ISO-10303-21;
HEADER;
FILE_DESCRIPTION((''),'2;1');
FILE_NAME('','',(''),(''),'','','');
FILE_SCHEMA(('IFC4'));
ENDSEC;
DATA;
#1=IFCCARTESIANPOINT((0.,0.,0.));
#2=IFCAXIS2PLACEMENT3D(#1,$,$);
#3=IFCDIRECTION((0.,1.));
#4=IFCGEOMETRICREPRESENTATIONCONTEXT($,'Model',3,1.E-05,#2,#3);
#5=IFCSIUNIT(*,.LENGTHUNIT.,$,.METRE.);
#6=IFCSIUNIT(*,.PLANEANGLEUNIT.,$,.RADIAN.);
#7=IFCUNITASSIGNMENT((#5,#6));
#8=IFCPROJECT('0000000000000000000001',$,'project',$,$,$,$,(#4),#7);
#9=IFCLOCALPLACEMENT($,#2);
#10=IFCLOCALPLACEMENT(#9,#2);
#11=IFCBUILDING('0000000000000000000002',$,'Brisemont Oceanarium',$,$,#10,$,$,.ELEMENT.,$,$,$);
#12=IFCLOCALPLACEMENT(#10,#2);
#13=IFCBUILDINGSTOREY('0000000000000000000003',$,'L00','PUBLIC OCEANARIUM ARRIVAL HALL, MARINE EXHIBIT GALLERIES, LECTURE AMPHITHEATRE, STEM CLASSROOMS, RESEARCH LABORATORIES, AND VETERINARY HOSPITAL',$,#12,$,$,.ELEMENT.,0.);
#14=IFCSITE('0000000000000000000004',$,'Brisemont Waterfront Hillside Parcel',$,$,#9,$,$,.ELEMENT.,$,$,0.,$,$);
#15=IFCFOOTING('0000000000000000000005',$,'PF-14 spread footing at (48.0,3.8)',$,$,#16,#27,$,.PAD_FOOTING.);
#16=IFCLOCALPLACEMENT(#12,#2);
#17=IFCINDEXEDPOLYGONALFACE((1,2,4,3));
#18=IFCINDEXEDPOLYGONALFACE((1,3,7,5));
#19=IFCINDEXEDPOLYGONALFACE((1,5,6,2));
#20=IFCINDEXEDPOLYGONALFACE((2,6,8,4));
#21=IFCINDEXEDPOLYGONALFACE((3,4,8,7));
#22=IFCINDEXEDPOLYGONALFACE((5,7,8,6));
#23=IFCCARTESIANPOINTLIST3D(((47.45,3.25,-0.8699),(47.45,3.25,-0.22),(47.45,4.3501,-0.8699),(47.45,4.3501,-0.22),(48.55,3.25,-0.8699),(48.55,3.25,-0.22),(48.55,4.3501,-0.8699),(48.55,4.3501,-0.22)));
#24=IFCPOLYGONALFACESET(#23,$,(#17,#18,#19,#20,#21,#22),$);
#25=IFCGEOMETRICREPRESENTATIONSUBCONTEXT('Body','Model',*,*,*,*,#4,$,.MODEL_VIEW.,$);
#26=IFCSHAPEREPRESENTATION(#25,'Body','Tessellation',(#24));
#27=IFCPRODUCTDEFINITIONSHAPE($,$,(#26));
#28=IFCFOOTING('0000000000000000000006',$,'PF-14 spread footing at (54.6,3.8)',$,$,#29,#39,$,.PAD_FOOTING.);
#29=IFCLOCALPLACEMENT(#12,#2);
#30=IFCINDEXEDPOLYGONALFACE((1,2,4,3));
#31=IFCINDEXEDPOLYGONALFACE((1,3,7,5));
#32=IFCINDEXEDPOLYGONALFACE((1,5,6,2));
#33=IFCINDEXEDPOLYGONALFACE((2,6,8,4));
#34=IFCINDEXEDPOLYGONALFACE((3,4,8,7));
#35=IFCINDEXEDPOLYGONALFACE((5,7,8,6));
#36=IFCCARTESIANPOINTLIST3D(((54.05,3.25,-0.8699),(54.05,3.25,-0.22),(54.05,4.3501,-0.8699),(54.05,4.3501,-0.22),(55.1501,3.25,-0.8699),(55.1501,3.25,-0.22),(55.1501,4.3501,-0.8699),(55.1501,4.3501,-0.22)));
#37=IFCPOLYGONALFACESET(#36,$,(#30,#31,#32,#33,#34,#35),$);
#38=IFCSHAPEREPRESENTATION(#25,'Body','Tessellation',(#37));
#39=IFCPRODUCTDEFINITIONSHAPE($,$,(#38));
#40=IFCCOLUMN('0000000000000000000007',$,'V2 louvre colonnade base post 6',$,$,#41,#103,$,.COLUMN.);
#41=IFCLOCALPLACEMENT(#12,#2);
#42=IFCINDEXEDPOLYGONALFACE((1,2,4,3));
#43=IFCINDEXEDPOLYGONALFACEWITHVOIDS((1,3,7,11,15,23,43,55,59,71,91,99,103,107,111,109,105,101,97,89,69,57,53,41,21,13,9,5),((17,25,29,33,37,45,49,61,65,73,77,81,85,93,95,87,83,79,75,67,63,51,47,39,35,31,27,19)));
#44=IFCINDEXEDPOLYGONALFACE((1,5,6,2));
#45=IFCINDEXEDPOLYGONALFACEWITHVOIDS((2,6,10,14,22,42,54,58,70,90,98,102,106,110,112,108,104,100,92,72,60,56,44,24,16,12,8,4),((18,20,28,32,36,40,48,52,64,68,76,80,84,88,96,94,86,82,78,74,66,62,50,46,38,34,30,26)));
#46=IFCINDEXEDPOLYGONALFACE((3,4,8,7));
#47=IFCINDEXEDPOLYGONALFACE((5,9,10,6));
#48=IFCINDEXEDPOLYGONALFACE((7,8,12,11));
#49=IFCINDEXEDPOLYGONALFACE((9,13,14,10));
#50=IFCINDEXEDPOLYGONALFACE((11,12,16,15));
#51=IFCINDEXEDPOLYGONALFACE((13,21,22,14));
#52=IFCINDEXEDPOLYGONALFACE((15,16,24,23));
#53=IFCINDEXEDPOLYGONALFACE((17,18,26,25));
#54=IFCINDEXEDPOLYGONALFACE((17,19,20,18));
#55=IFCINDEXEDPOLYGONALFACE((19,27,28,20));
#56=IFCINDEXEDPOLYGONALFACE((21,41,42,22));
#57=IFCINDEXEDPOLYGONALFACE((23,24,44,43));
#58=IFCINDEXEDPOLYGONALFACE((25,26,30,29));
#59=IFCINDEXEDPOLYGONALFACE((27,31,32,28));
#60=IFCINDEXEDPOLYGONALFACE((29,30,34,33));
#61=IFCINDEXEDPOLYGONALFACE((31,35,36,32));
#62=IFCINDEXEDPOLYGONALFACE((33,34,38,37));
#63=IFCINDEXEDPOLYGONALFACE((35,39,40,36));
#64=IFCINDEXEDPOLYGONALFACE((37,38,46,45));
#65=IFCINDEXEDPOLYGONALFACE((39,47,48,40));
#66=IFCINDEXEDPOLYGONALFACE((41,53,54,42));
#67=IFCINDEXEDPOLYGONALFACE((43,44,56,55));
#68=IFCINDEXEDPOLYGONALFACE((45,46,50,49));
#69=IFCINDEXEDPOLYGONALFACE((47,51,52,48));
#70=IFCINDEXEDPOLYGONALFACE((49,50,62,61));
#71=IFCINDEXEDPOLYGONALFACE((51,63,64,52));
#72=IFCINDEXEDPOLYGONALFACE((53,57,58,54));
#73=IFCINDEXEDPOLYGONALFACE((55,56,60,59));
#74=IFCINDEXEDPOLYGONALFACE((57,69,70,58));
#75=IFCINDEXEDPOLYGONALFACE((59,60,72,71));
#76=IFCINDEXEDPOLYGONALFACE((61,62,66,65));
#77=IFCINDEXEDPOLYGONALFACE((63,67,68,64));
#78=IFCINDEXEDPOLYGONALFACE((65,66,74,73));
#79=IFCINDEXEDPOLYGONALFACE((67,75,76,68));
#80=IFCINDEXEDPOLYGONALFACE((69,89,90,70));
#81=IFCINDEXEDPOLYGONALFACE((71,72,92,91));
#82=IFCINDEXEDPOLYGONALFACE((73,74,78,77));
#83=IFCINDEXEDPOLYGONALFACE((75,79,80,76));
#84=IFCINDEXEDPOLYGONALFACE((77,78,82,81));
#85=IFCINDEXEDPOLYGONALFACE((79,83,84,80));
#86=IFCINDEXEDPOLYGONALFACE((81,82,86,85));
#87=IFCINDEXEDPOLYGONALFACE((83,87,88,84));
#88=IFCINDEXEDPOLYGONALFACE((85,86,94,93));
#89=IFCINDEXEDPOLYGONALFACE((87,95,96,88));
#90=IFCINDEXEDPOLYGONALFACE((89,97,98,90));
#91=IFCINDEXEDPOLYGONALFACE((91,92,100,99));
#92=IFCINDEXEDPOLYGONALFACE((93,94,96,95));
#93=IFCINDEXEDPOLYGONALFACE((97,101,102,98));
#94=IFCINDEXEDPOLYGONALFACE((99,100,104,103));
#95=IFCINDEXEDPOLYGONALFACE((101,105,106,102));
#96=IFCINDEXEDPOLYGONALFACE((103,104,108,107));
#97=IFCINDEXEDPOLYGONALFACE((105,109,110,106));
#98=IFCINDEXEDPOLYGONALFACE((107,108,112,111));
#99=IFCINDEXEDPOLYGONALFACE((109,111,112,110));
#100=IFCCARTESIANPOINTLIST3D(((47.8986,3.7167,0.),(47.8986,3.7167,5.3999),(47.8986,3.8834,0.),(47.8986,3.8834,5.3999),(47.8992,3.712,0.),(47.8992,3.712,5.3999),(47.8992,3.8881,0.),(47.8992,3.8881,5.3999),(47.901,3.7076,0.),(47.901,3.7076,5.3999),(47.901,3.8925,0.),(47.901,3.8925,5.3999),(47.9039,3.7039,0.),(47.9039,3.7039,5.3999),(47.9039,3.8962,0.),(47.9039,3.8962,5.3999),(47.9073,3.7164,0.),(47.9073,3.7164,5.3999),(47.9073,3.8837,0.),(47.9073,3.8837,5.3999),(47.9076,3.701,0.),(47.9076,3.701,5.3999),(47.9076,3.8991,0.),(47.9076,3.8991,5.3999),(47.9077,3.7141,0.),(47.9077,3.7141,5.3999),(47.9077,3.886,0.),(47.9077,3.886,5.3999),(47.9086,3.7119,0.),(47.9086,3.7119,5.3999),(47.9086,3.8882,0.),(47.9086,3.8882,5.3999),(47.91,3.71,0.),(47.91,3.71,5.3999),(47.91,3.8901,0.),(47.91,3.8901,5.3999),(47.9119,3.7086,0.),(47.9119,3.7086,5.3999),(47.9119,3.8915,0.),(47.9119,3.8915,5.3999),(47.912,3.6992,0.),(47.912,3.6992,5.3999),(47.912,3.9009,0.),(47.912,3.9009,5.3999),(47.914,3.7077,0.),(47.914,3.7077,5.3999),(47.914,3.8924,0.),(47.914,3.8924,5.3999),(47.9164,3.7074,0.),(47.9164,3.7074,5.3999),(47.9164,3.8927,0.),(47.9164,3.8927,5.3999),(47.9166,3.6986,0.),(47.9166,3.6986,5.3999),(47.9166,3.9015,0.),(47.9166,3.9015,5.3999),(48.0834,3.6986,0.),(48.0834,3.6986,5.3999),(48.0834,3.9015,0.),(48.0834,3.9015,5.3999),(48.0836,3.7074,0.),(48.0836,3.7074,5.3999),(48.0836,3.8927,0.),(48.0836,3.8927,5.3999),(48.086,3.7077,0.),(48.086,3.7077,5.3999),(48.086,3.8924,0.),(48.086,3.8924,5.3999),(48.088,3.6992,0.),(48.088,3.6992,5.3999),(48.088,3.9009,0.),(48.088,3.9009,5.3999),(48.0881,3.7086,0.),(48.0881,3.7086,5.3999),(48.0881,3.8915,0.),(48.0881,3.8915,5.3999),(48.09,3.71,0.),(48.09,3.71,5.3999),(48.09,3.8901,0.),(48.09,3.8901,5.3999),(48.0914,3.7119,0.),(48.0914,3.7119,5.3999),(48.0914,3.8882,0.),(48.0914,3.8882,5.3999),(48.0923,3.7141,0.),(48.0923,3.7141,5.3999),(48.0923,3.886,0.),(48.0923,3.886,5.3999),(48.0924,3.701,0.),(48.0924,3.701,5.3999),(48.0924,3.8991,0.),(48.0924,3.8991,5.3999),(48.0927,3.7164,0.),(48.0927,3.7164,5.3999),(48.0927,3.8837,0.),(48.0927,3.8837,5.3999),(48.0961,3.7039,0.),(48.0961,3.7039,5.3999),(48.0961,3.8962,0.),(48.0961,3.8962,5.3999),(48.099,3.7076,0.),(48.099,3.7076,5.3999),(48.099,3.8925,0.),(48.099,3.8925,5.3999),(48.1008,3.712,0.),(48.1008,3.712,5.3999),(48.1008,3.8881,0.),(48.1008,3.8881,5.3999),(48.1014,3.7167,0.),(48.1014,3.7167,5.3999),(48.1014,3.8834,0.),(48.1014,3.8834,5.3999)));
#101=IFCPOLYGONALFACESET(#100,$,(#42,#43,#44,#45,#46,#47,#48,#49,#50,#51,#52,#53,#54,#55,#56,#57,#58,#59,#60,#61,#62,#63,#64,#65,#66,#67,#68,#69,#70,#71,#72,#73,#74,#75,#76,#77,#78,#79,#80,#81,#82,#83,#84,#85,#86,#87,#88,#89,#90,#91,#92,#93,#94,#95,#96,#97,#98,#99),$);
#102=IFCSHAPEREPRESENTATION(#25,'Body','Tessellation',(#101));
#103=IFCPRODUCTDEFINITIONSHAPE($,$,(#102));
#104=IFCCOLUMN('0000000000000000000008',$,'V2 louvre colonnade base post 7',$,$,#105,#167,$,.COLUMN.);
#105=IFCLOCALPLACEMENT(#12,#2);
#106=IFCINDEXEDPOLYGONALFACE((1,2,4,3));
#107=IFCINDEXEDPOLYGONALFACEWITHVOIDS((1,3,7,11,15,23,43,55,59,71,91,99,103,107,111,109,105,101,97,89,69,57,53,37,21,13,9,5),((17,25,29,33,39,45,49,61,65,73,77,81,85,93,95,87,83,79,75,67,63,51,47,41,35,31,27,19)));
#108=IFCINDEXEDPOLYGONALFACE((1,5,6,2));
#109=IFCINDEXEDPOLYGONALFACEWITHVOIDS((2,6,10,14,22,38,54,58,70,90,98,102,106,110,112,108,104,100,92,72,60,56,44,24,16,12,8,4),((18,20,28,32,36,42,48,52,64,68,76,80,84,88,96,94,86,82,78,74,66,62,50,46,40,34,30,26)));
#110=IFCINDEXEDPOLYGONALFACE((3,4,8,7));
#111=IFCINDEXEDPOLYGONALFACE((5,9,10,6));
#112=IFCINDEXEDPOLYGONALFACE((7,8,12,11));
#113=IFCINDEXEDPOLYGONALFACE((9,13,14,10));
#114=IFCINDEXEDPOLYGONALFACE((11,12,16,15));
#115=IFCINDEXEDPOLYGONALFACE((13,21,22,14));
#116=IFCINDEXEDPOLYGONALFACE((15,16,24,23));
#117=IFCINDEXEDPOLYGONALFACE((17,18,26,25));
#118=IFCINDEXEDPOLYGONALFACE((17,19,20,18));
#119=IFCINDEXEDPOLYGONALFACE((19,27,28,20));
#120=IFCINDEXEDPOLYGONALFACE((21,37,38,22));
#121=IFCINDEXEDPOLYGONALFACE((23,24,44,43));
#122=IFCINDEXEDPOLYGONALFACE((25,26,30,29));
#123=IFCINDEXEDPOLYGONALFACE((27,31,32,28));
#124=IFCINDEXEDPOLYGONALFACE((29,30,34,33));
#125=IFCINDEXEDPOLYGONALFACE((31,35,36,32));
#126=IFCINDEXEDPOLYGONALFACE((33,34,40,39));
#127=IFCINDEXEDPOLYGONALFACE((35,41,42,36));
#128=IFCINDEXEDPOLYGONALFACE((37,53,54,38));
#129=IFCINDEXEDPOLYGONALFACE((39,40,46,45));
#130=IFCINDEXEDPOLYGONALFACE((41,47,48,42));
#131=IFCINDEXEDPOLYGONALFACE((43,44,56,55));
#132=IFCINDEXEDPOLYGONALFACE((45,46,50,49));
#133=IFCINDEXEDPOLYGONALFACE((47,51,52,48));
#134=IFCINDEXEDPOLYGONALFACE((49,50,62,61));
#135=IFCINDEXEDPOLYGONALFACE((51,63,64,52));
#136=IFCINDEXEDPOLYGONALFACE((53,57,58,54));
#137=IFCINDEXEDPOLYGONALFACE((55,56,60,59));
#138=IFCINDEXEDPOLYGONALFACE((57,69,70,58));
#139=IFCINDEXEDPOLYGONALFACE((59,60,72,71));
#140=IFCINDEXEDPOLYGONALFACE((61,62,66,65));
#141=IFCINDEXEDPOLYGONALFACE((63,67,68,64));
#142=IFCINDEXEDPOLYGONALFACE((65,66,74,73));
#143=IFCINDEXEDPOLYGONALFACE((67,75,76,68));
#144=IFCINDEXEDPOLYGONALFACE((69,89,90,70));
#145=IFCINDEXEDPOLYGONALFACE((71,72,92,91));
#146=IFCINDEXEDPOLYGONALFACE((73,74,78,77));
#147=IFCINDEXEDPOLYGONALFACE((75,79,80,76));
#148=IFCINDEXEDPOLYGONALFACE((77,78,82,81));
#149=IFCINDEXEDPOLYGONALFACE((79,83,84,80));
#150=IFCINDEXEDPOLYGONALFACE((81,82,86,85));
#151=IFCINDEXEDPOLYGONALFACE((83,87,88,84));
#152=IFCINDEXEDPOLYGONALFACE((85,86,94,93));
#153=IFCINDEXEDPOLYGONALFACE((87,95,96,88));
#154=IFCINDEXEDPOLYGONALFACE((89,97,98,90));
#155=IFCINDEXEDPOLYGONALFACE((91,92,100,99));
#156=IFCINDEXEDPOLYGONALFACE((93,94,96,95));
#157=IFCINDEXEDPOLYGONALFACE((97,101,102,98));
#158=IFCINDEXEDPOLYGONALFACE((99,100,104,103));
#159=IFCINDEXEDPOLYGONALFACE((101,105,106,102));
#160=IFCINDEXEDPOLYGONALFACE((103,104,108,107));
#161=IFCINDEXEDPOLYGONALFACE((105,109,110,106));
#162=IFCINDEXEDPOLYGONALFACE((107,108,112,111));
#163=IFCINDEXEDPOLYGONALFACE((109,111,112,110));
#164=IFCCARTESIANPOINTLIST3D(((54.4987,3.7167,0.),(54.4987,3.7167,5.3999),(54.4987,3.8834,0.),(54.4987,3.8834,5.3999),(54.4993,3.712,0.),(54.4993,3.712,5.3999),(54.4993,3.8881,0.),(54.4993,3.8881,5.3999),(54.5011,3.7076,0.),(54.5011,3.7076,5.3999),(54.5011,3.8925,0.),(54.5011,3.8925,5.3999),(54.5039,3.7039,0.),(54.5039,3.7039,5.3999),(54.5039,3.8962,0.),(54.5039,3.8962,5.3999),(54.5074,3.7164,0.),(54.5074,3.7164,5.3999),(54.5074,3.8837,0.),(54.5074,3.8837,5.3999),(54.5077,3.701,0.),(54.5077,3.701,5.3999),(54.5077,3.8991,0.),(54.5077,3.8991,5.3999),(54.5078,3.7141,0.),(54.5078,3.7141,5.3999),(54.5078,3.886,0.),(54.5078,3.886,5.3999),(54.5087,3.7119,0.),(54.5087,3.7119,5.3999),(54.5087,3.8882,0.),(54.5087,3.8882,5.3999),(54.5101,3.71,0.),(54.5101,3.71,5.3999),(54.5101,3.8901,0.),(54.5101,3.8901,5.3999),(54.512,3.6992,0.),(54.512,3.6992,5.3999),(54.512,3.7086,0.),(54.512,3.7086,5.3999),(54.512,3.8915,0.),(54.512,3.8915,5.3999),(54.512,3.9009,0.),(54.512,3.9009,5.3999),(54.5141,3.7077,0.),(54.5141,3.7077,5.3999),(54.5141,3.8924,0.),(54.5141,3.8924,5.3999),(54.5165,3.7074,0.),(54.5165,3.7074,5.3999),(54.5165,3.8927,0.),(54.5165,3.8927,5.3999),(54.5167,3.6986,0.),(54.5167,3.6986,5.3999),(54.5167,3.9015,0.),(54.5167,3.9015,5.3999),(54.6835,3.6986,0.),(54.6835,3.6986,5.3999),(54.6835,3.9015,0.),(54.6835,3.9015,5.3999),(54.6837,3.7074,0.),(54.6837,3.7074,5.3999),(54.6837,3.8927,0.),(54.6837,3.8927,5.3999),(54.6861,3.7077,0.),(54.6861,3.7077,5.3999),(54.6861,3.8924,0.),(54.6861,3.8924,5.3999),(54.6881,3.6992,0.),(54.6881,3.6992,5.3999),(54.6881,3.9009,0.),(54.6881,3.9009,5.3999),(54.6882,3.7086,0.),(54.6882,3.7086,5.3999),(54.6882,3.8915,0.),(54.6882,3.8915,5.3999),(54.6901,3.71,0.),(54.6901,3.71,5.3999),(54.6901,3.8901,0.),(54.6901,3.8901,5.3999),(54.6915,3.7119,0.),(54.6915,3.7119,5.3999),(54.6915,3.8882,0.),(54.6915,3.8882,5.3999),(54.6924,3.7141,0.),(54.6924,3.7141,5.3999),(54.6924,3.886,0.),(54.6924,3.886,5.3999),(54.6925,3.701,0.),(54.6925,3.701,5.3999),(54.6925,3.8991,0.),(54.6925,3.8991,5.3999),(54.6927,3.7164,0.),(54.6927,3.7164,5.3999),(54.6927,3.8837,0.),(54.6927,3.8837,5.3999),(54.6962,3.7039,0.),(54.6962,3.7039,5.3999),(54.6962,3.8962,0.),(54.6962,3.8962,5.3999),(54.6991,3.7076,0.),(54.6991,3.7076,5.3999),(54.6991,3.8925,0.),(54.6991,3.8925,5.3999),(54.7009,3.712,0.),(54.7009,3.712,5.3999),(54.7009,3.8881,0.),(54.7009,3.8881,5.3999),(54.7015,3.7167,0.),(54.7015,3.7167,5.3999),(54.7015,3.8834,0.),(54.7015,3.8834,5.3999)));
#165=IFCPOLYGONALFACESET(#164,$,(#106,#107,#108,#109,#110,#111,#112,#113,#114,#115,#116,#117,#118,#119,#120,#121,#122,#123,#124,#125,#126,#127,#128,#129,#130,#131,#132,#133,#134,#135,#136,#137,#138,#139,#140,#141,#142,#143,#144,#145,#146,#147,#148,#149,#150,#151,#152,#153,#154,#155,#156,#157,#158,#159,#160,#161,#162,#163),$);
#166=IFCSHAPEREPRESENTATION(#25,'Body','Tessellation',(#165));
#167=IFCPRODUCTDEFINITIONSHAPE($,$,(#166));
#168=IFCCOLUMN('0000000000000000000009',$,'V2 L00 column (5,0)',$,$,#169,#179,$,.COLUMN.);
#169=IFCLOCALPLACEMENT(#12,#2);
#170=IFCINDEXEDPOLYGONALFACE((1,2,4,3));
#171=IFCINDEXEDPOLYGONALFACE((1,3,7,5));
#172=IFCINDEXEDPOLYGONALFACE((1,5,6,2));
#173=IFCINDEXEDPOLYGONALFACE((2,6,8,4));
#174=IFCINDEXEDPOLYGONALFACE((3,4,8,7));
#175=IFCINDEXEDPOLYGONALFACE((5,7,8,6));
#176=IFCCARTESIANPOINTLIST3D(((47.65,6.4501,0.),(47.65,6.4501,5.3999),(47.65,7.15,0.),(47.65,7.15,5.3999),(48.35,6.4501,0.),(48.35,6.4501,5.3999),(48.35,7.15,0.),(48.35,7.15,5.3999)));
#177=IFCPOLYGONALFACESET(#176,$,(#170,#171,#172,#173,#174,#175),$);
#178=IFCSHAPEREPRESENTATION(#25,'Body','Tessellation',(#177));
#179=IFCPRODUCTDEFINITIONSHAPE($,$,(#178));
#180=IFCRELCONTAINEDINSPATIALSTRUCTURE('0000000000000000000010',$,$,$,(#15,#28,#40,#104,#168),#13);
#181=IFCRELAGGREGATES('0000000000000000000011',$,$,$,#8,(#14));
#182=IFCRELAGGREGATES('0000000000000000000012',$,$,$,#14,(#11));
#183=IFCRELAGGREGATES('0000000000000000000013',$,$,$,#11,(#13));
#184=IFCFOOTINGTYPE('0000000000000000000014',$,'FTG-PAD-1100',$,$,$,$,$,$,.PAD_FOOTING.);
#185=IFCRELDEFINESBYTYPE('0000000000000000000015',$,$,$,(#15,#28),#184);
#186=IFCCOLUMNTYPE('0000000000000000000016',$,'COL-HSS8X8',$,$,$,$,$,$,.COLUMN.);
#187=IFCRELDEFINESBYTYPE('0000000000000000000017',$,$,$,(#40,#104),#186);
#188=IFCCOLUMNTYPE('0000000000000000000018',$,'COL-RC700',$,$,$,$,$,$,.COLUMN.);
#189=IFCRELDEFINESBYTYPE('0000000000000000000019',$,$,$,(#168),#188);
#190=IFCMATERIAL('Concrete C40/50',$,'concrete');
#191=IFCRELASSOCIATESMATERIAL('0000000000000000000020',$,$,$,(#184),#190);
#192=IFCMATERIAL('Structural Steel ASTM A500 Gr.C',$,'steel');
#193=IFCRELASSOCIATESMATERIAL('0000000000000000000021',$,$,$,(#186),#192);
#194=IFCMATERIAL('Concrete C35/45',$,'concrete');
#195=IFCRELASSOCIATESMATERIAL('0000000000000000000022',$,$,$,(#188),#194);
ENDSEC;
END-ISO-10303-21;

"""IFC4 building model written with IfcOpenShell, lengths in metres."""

from ifc_helpers import new_model, si_unit, direction, frame, origin, origin_2d, place, context, subcontext, project, spatial, rectangle, hollow_rectangle, extrude, material, material_profile, profile_set, type_object, element, save


model = new_model("IFC4")

# Units and contexts
model_context = context("Model", 3, precision=1e-05, world=origin(), true_north=direction((0.0, 1.0)))
body_context = subcontext(model_context, "Body", "Model", "MODEL_VIEW")
ifc_project = project(units=[si_unit("LENGTHUNIT", "METRE"), si_unit("PLANEANGLEUNIT", "RADIAN")], contexts=[model_context])

# Site, building, storey
site_placement = place(None, origin())
site = spatial("IfcSite", under=ifc_project, at=site_placement, Name="Brisemont Waterfront Hillside Parcel", CompositionType="ELEMENT", RefElevation=0.0)
building_placement = place(site_placement, origin())
building = spatial("IfcBuilding", under=site, at=building_placement, Name="Brisemont Oceanarium", CompositionType="ELEMENT")
storey_placement = place(building_placement, origin())
storey = spatial("IfcBuildingStorey", under=building, at=storey_placement, Name="L00", Description="PUBLIC OCEANARIUM ARRIVAL HALL, MARINE EXHIBIT GALLERIES, LECTURE AMPHITHEATRE, STEM CLASSROOMS, RESEARCH LABORATORIES, AND VETERINARY HOSPITAL", CompositionType="ELEMENT", Elevation=0.0)

# Footings
ifc_material_1 = material(Name="Concrete C40/50", Category="concrete")
footing_type = type_object("IfcFootingType", Name="FTG-PAD-1100", PredefinedType="PAD_FOOTING", material=ifc_material_1)
for number, where, z_axis, x_axis, name in (
    (1, (48.0, 3.8, -0.8699), (0.0, 0.0, 1.0), (1.0, 0.0, 0.0), "PF-14 spread footing at (48.0,3.8)"),
    (2, (54.6001, 3.8, -0.8699), (0.0, 0.0, 1.0), (1.0, 0.0, 0.0), "PF-14 spread footing at (54.6,3.8)"),
):
    element("IfcFooting", number, at=place(storey_placement, frame(where, z_axis=z_axis, x_axis=x_axis)), inside=storey, type_object=footing_type, Name=name, PredefinedType="PAD_FOOTING", context=body_context, shape_type="SweptSolid", body=[
        extrude(rectangle(XDim=1.1001, YDim=1.1001, at=origin_2d()), origin(), (0.0, 0.0, 1.0), 0.6499),
    ])

# Columns
ifc_material_2 = material(Name="Structural Steel ASTM A500 Gr.C", Category="steel")
ifc_material_profile_1 = material_profile(ifc_material_2, hollow_rectangle(XDim=0.2029, YDim=0.2029, WallThickness=0.0088, InnerFilletRadius=0.009, OuterFilletRadius=0.0181, at=origin_2d()), Name="HSS8X8X3/8")
ifc_profile_set_1 = profile_set([ifc_material_profile_1], Name="Structural Steel ASTM A500 Gr.C")
column_type_1 = type_object("IfcColumnType", Name="COL-HSS8X8", PredefinedType="COLUMN", material=ifc_profile_set_1)
for number, where, z_axis, x_axis, name in (
    (3, (48.0, 3.8, 0.0), (0.0, 0.0, 1.0), (1.0, 0.0, 0.0), "V2 louvre colonnade base post 6"),
    (4, (54.6001, 3.8, 0.0), (0.0, 0.0, 1.0), (1.0, 0.0, 0.0), "V2 louvre colonnade base post 7"),
):
    element("IfcColumn", number, at=place(storey_placement, frame(where, z_axis=z_axis, x_axis=x_axis)), inside=storey, type_object=column_type_1, Name=name, PredefinedType="COLUMN", context=body_context, shape_type="SweptSolid", body=[
        extrude(hollow_rectangle(XDim=0.2029, YDim=0.2029, WallThickness=0.0088, InnerFilletRadius=0.009, OuterFilletRadius=0.0181, at=origin_2d()), origin(), (0.0, 0.0, 1.0), 5.3999),
    ])
ifc_material_3 = material(Name="Concrete C35/45", Category="concrete")
ifc_material_profile_2 = material_profile(ifc_material_3, rectangle(XDim=0.7, YDim=0.7, at=origin_2d()), Name="RC-COL-700X700")
ifc_profile_set_2 = profile_set([ifc_material_profile_2], Name="Concrete C35/45")
column_type_2 = type_object("IfcColumnType", Name="COL-RC700", PredefinedType="COLUMN", material=ifc_profile_set_2)
column_1_placement = place(storey_placement, frame((48.0, 6.8, 0.0), z_axis=(0.0, 0.0, 1.0), x_axis=(0.0, 1.0, 0.0)))
element("IfcColumn", 5, at=column_1_placement, inside=storey, type_object=column_type_2, Name="V2 L00 column (5,0)", PredefinedType="COLUMN", context=body_context, shape_type="SweptSolid", body=[
    extrude(rectangle(XDim=0.7, YDim=0.7, at=origin_2d()), origin(), (0.0, 0.0, 1.0), 5.3999),
])

save(model, "model.ifc")
